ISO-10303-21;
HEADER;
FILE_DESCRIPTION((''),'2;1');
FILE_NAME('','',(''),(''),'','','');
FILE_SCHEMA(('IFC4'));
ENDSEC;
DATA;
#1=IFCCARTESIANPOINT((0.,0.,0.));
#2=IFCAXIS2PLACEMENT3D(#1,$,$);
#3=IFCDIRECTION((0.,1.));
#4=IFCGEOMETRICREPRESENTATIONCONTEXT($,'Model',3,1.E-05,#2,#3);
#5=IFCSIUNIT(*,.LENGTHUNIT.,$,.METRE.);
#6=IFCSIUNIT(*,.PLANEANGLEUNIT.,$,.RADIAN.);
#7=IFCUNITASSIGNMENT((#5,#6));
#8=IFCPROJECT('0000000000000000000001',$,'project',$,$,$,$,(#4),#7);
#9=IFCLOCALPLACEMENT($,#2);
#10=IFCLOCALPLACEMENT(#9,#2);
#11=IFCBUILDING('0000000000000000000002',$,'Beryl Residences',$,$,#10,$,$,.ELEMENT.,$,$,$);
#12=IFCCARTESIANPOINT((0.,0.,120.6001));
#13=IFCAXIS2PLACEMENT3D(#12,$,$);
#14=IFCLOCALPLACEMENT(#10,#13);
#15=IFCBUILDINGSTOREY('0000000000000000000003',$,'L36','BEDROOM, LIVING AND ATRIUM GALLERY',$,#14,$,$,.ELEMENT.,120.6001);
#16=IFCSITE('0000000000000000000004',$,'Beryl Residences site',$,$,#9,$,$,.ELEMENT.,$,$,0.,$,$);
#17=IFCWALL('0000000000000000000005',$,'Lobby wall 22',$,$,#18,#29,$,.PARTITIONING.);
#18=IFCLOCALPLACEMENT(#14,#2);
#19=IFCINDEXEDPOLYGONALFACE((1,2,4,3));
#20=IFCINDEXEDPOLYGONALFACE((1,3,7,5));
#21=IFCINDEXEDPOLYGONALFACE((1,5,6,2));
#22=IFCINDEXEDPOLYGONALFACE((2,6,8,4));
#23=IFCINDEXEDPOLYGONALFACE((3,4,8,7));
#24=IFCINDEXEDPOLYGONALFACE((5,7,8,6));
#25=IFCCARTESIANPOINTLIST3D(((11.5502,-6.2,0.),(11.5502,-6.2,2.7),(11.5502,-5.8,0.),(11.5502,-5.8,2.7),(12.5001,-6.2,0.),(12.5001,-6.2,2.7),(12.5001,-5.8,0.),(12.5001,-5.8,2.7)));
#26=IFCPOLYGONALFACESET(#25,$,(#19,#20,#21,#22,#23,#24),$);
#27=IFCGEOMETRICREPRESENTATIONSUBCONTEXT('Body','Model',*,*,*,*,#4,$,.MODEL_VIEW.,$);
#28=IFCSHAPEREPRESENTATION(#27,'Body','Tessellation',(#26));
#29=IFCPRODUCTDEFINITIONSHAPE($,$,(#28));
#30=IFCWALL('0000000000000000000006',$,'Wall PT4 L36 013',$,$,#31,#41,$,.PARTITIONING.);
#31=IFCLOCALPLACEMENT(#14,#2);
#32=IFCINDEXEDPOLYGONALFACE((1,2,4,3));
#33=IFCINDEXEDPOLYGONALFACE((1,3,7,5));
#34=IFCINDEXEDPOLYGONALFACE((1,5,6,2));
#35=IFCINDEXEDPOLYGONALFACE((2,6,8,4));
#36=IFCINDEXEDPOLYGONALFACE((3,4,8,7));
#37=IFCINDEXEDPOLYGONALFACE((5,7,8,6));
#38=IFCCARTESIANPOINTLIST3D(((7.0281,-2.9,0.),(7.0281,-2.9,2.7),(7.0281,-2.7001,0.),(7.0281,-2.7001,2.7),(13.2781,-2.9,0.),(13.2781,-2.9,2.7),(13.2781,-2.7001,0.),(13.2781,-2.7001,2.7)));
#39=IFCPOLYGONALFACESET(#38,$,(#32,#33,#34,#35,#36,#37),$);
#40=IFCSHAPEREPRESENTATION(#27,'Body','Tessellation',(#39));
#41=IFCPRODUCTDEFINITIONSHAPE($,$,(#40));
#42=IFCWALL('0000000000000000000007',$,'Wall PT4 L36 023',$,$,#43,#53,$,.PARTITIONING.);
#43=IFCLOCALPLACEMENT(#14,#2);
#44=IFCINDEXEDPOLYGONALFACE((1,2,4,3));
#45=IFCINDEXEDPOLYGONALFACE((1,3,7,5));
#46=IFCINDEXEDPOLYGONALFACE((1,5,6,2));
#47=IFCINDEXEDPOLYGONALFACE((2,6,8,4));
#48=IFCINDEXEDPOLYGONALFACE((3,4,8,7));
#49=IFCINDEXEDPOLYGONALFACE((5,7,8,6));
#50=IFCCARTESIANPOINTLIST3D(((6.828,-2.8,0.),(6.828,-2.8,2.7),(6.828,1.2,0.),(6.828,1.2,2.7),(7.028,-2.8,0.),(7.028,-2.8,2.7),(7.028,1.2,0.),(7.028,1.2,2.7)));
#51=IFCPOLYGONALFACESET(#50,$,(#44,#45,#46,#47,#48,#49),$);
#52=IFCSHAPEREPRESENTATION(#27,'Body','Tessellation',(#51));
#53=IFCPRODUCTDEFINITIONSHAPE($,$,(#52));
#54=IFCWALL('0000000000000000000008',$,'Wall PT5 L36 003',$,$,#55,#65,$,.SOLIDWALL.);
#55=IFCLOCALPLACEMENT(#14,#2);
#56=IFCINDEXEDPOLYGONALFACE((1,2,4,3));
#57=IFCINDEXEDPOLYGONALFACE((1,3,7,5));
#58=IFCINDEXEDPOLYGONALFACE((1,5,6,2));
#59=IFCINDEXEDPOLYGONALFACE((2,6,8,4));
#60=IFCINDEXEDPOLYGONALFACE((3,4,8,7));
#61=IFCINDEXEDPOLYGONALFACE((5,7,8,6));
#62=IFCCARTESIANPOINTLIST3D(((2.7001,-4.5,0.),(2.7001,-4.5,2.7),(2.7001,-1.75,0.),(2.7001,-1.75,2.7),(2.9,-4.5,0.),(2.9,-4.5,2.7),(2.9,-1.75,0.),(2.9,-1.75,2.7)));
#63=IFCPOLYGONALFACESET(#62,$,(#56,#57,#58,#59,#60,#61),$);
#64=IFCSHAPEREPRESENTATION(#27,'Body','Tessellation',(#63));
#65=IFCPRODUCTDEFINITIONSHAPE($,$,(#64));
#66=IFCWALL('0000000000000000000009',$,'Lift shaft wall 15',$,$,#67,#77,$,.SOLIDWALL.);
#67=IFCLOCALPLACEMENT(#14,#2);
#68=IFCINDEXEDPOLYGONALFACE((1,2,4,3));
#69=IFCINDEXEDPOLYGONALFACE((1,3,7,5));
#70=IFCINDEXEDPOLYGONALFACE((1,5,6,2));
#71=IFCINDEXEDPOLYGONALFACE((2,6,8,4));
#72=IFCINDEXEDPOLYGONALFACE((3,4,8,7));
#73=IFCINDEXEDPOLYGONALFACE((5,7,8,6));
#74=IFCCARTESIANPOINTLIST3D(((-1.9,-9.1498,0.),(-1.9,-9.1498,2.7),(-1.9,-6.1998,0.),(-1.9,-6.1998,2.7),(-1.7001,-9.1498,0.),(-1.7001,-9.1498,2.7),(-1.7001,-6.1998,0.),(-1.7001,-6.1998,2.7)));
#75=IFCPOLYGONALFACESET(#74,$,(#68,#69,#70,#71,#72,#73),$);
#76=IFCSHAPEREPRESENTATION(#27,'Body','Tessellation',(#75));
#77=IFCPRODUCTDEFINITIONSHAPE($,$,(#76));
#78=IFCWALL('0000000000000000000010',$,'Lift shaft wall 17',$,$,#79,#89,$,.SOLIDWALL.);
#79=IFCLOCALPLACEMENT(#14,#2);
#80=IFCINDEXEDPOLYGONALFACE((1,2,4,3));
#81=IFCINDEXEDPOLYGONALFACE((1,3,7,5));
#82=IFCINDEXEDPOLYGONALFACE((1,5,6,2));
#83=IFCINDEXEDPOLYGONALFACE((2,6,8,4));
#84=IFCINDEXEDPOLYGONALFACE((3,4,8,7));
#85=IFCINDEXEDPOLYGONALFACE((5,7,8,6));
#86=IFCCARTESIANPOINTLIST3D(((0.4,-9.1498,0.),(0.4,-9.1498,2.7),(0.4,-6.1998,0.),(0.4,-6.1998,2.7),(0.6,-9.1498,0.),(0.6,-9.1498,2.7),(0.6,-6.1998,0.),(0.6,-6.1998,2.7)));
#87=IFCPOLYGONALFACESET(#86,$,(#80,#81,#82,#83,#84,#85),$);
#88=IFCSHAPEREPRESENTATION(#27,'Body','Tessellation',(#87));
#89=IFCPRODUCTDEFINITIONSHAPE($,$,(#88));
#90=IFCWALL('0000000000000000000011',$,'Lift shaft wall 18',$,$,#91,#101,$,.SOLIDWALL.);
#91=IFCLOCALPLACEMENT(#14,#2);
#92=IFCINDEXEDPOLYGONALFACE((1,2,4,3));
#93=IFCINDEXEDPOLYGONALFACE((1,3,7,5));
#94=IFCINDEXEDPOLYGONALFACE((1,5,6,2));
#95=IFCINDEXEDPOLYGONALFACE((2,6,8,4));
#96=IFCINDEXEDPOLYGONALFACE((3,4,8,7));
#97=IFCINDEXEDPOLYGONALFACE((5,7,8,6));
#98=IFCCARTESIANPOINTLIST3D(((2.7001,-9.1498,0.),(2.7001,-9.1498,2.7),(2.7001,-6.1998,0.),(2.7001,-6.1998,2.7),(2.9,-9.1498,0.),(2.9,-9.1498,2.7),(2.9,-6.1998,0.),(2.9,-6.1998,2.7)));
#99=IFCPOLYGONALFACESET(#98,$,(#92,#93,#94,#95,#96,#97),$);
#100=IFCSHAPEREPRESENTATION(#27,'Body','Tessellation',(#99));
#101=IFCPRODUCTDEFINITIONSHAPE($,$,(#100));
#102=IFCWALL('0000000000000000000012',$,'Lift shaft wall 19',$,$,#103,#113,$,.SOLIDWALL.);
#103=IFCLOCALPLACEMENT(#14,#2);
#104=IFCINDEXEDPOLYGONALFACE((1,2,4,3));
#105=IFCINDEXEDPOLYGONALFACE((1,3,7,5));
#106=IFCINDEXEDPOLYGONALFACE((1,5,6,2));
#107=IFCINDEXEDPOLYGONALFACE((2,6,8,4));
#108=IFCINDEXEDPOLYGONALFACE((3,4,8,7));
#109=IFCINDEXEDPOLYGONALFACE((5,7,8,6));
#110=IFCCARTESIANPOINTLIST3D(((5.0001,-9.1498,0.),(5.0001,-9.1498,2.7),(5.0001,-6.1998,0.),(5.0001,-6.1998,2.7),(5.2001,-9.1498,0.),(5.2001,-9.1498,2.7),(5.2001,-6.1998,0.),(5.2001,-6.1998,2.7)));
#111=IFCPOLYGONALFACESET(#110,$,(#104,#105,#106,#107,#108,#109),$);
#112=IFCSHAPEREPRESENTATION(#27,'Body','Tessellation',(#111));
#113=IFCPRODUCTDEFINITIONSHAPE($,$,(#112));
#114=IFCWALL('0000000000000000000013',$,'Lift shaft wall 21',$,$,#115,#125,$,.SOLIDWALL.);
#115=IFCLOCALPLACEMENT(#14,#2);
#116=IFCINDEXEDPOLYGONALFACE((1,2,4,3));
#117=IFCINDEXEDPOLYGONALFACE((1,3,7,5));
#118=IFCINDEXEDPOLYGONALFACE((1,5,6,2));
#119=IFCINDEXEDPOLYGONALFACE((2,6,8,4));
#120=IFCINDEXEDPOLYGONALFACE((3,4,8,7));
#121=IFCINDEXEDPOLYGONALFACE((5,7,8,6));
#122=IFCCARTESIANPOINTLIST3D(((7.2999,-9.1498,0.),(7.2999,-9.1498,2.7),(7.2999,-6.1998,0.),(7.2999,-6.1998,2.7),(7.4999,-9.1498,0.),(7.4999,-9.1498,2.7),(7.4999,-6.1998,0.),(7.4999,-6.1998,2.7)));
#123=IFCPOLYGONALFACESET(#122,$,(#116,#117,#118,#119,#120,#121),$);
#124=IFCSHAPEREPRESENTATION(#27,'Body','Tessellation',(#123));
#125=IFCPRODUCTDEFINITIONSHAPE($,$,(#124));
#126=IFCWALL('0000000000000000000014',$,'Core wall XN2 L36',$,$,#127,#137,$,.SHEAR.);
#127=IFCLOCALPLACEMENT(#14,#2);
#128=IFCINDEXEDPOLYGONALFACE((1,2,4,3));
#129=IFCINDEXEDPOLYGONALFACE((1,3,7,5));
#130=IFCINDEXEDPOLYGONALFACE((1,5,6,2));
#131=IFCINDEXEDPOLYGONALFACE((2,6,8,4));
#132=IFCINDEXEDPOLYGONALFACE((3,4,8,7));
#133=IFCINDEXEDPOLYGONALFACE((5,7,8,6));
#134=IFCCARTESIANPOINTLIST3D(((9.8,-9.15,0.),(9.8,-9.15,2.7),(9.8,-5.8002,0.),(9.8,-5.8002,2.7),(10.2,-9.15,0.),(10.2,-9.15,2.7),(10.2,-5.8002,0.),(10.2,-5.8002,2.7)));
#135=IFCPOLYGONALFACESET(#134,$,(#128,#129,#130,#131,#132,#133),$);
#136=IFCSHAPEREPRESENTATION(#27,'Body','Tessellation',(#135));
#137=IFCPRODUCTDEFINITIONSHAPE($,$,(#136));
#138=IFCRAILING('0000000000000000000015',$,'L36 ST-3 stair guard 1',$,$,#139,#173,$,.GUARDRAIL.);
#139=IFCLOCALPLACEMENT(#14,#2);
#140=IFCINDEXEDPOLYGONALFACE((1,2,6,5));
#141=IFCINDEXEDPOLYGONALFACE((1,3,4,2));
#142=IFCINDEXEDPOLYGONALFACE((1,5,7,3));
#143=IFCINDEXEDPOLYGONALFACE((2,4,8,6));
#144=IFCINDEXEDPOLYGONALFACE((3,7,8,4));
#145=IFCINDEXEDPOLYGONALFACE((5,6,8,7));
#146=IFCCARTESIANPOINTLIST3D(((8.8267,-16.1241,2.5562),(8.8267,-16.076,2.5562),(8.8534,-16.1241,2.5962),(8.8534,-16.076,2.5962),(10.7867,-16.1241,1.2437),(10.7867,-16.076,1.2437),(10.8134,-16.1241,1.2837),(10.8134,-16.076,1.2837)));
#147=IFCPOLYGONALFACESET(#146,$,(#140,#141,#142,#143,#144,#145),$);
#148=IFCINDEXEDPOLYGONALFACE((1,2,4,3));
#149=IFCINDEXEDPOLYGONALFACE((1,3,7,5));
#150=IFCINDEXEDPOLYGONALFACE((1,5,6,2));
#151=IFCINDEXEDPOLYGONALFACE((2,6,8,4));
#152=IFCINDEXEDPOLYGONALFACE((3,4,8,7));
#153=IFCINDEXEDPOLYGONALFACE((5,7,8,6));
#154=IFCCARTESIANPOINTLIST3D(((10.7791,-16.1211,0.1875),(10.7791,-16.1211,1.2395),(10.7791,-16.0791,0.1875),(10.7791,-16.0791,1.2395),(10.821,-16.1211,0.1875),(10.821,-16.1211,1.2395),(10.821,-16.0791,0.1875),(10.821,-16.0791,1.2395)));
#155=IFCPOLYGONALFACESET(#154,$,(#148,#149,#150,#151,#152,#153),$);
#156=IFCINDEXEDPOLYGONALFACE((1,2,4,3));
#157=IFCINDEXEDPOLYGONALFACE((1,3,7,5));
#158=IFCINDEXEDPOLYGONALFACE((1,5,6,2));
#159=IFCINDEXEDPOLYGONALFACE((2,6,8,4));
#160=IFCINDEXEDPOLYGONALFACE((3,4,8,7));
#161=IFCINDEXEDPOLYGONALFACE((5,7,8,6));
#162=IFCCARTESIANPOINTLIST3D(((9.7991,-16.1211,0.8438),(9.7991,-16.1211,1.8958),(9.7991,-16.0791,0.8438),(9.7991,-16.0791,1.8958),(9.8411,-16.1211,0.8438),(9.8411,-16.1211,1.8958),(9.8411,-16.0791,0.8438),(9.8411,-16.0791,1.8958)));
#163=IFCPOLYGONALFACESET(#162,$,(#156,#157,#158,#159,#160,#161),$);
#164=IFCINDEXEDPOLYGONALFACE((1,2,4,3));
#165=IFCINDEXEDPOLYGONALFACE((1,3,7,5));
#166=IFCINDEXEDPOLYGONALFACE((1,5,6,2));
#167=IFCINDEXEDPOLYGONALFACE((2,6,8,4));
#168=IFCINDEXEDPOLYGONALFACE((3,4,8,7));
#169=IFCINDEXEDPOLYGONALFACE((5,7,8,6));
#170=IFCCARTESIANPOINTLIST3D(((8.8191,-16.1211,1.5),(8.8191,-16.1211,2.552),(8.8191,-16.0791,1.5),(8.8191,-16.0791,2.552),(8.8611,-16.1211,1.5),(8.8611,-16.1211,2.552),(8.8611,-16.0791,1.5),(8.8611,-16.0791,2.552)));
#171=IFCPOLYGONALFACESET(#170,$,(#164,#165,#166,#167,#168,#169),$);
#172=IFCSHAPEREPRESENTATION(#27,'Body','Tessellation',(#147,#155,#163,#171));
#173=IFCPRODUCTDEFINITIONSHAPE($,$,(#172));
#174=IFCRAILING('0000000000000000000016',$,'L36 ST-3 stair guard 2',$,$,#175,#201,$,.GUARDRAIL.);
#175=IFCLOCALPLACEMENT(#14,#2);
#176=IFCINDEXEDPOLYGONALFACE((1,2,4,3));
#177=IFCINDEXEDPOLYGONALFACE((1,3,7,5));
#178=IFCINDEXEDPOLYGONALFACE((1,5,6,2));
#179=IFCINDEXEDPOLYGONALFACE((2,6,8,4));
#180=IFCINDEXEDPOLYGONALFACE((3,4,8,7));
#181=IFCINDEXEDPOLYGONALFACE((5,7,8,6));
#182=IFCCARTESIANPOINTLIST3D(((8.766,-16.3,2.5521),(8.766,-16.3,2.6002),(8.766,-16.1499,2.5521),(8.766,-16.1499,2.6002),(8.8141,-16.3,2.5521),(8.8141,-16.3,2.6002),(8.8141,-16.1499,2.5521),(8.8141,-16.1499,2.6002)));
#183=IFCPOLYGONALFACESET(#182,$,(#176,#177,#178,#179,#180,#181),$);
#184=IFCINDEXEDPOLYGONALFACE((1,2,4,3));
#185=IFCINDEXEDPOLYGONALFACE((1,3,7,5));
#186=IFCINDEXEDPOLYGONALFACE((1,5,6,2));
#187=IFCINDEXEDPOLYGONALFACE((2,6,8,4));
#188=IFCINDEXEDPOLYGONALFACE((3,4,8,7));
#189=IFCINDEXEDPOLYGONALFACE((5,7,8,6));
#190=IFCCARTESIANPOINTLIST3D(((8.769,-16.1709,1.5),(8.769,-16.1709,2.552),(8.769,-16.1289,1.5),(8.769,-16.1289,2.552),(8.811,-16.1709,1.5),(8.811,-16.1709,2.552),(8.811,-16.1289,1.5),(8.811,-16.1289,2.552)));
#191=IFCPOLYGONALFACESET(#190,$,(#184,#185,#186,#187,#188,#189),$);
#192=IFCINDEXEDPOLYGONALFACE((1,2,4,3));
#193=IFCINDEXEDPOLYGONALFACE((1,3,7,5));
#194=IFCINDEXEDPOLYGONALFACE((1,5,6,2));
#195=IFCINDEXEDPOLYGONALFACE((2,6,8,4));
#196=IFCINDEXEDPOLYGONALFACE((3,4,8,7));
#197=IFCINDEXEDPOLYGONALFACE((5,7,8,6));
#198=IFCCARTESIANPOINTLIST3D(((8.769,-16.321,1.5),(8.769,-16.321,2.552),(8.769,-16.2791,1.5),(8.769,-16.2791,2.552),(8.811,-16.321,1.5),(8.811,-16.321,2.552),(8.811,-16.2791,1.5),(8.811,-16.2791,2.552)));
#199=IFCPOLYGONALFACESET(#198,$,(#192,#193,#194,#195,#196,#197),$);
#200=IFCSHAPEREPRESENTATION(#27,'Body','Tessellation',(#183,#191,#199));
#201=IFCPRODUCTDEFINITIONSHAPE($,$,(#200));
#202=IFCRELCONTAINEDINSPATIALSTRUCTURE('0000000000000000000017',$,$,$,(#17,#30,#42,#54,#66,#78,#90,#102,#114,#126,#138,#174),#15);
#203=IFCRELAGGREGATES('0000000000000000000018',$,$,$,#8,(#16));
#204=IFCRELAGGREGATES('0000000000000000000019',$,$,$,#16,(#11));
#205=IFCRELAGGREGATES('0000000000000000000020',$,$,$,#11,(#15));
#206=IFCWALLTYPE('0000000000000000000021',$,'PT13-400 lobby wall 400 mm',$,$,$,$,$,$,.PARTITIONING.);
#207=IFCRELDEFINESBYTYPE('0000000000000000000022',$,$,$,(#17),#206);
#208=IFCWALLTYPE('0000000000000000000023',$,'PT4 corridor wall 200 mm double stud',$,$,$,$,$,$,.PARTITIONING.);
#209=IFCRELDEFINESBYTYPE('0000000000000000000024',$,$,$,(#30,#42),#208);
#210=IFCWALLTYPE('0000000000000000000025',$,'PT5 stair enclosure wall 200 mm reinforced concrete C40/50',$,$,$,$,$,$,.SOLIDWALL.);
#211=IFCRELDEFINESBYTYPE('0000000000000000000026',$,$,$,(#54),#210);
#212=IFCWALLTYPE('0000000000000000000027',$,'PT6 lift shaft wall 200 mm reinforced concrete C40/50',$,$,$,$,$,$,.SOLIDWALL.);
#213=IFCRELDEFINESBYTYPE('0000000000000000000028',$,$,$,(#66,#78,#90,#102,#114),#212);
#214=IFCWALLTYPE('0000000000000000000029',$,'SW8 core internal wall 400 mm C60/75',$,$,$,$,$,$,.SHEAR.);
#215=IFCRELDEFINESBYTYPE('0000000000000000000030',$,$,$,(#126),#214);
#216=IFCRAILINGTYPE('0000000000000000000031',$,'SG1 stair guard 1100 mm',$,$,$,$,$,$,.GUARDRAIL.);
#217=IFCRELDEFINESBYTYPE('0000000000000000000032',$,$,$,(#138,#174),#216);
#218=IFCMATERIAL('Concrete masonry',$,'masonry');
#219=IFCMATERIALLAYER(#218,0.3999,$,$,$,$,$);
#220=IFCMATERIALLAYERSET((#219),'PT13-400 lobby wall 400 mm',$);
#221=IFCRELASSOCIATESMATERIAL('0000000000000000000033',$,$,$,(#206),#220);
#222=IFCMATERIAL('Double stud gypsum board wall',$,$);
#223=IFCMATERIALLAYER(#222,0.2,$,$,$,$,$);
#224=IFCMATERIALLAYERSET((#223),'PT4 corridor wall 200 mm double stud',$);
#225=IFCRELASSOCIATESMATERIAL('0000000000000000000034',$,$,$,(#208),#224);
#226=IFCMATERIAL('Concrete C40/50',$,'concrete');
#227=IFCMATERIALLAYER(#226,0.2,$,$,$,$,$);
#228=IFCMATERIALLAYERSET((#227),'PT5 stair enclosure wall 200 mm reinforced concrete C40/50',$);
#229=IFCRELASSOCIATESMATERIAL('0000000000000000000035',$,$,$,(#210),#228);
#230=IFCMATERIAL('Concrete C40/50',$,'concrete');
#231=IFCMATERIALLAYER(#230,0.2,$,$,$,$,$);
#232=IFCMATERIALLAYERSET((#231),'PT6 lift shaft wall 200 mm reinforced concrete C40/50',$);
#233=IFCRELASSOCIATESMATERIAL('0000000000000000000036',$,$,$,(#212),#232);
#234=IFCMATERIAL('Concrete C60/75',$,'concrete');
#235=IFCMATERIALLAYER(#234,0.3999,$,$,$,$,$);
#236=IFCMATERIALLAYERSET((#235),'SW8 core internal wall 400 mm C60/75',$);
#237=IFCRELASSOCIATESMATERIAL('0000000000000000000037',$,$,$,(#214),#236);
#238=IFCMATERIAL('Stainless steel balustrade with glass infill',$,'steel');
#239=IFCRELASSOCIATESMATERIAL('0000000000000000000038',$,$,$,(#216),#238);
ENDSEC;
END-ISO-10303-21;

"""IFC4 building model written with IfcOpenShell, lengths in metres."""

from ifc_helpers import new_model, si_unit, direction, frame, frame_2d, origin, origin_2d, place, context, subcontext, project, spatial, rectangle, extrude, material, layer, layer_set, type_object, element, save


model = new_model("IFC4")

# Units and contexts
model_context = context("Model", 3, precision=1e-05, world=origin(), true_north=direction((0.0, 1.0)))
body_context = subcontext(model_context, "Body", "Model", "MODEL_VIEW")
ifc_project = project(units=[si_unit("LENGTHUNIT", "METRE"), si_unit("PLANEANGLEUNIT", "RADIAN")], contexts=[model_context])

# Site, building, storey
site_placement = place(None, origin())
site = spatial("IfcSite", under=ifc_project, at=site_placement, Name="Beryl Residences site", CompositionType="ELEMENT", RefElevation=0.0)
building_placement = place(site_placement, origin())
building = spatial("IfcBuilding", under=site, at=building_placement, Name="Beryl Residences", CompositionType="ELEMENT")
storey_placement = place(building_placement, frame((0.0, 0.0, 120.6001)))
storey = spatial("IfcBuildingStorey", under=building, at=storey_placement, Name="L36", Description="BEDROOM, LIVING AND ATRIUM GALLERY", CompositionType="ELEMENT", Elevation=120.6001)

# Walls
ifc_material_1 = material(Name="Concrete masonry", Category="masonry")
ifc_layer_1 = layer(ifc_material_1, 0.3999)
ifc_layer_set_1 = layer_set([ifc_layer_1], Name="PT13-400 lobby wall 400 mm")
wall_type_1 = type_object("IfcWallType", Name="PT13-400 lobby wall 400 mm", PredefinedType="PARTITIONING", material=ifc_layer_set_1)
wall_1_placement = place(storey_placement, frame((11.55, -6.0, 0.0), z_axis=(0.0, 0.0, 1.0), x_axis=(1.0, 0.0, 0.0)))
element("IfcWall", 1, at=wall_1_placement, inside=storey, type_object=wall_type_1, Name="Lobby wall 22", PredefinedType="PARTITIONING", context=body_context, shape_type="SweptSolid", body=[
    extrude(rectangle(XDim=0.95, YDim=0.3999, at=frame_2d((0.4751, 0.0))), origin(), (0.0, 0.0, 1.0), 2.7),
])
ifc_material_2 = material(Name="Double stud gypsum board wall")
ifc_layer_2 = layer(ifc_material_2, 0.2)
ifc_layer_set_2 = layer_set([ifc_layer_2], Name="PT4 corridor wall 200 mm double stud")
wall_type_2 = type_object("IfcWallType", Name="PT4 corridor wall 200 mm double stud", PredefinedType="PARTITIONING", material=ifc_layer_set_2)
wall_2_placement = place(storey_placement, frame((7.0281, -2.8, 0.0), z_axis=(0.0, 0.0, 1.0), x_axis=(1.0, 0.0, 0.0)))
element("IfcWall", 2, at=wall_2_placement, inside=storey, type_object=wall_type_2, Name="Wall PT4 L36 013", PredefinedType="PARTITIONING", context=body_context, shape_type="SweptSolid", body=[
    extrude(rectangle(XDim=6.25, YDim=0.2, at=frame_2d((3.125, 0.0))), origin(), (0.0, 0.0, 1.0), 2.7),
])
wall_3_placement = place(storey_placement, frame((6.928, -2.8, 0.0), z_axis=(0.0, 0.0, 1.0), x_axis=(0.0, 1.0, 0.0)))
element("IfcWall", 3, at=wall_3_placement, inside=storey, type_object=wall_type_2, Name="Wall PT4 L36 023", PredefinedType="PARTITIONING", context=body_context, shape_type="SweptSolid", body=[
    extrude(rectangle(XDim=4.0, YDim=0.2, at=frame_2d((2.0, 0.0))), origin(), (0.0, 0.0, 1.0), 2.7),
])
ifc_material_3 = material(Name="Concrete C40/50", Category="concrete")
ifc_layer_3 = layer(ifc_material_3, 0.2)
ifc_layer_set_3 = layer_set([ifc_layer_3], Name="PT5 stair enclosure wall 200 mm reinforced concrete C40/50")
wall_type_3 = type_object("IfcWallType", Name="PT5 stair enclosure wall 200 mm reinforced concrete C40/50", PredefinedType="SOLIDWALL", material=ifc_layer_set_3)
wall_4_placement = place(storey_placement, frame((2.8, -4.5, 0.0), z_axis=(0.0, 0.0, 1.0), x_axis=(0.0, 1.0, 0.0)))
element("IfcWall", 4, at=wall_4_placement, inside=storey, type_object=wall_type_3, Name="Wall PT5 L36 003", PredefinedType="SOLIDWALL", context=body_context, shape_type="SweptSolid", body=[
    extrude(rectangle(XDim=2.75, YDim=0.2, at=frame_2d((1.375, 0.0))), origin(), (0.0, 0.0, 1.0), 2.7),
])
ifc_material_4 = material(Name="Concrete C40/50", Category="concrete")
ifc_layer_4 = layer(ifc_material_4, 0.2)
ifc_layer_set_4 = layer_set([ifc_layer_4], Name="PT6 lift shaft wall 200 mm reinforced concrete C40/50")
wall_type_4 = type_object("IfcWallType", Name="PT6 lift shaft wall 200 mm reinforced concrete C40/50", PredefinedType="SOLIDWALL", material=ifc_layer_set_4)
for number, where, z_axis, x_axis, name in (
    (5, (-1.8, -9.1499, 0.0), (0.0, 0.0, 1.0), (0.0, 1.0, 0.0), "Lift shaft wall 15"),
    (6, (0.5, -9.1499, 0.0), (0.0, 0.0, 1.0), (0.0, 1.0, 0.0), "Lift shaft wall 17"),
    (7, (2.8, -9.1499, 0.0), (0.0, 0.0, 1.0), (0.0, 1.0, 0.0), "Lift shaft wall 18"),
    (8, (5.1001, -9.1499, 0.0), (0.0, 0.0, 1.0), (0.0, 1.0, 0.0), "Lift shaft wall 19"),
    (9, (7.3999, -9.1499, 0.0), (0.0, 0.0, 1.0), (0.0, 1.0, 0.0), "Lift shaft wall 21"),
):
    element("IfcWall", number, at=place(storey_placement, frame(where, z_axis=z_axis, x_axis=x_axis)), inside=storey, type_object=wall_type_4, Name=name, PredefinedType="SOLIDWALL", context=body_context, shape_type="SweptSolid", body=[
        extrude(rectangle(XDim=2.95, YDim=0.2, at=frame_2d((1.4751, 0.0))), origin(), (0.0, 0.0, 1.0), 2.7),
    ])
ifc_material_5 = material(Name="Concrete C60/75", Category="concrete")
ifc_layer_5 = layer(ifc_material_5, 0.3999)
ifc_layer_set_5 = layer_set([ifc_layer_5], Name="SW8 core internal wall 400 mm C60/75")
wall_type_5 = type_object("IfcWallType", Name="SW8 core internal wall 400 mm C60/75", PredefinedType="SHEAR", material=ifc_layer_set_5)
wall_5_placement = place(storey_placement, frame((10.0, -9.1499, 0.0), z_axis=(0.0, 0.0, 1.0), x_axis=(0.0, 1.0, 0.0)))
element("IfcWall", 10, at=wall_5_placement, inside=storey, type_object=wall_type_5, Name="Core wall XN2 L36", PredefinedType="SHEAR", context=body_context, shape_type="SweptSolid", body=[
    extrude(rectangle(XDim=3.3499, YDim=0.3999, at=frame_2d((1.6748, 0.0))), origin(), (0.0, 0.0, 1.0), 2.7),
])

# Railings
ifc_material_6 = material(Name="Stainless steel balustrade with glass infill", Category="steel")
railing_type_1 = type_object("IfcRailingType", Name="SG1 stair guard 1100 mm", PredefinedType="GUARDRAIL", material=ifc_material_6)
railing_1_placement = place(storey_placement, frame((10.8, -16.1001, 0.1875)))
element("IfcRailing", 11, at=railing_1_placement, inside=storey, type_object=railing_type_1, Name="L36 ST-3 stair guard 1", PredefinedType="GUARDRAIL", context=body_context, shape_type="SweptSolid", body=[
    extrude(rectangle(XDim=0.0481, YDim=0.0481, at=origin_2d()), frame((0.0, 0.0, 1.0762), z_axis=(-0.830902, 0.0, 0.556419), x_axis=(0.0, -1.0, 0.0)), (0.0, 0.0, 1.0), 2.3589),
    extrude(rectangle(XDim=0.042, YDim=0.042, at=origin_2d()), origin(), (0.0, 0.0, 1.0), 1.052),
    extrude(rectangle(XDim=0.042, YDim=0.042, at=origin_2d()), frame((-0.98, 0.0, 0.6562)), (0.0, 0.0, 1.0), 1.052),
    extrude(rectangle(XDim=0.042, YDim=0.042, at=origin_2d()), frame((-1.96, 0.0, 1.3125)), (0.0, 0.0, 1.0), 1.052),
])
railing_2_placement = place(storey_placement, frame((8.79, -16.1499, 1.5)))
element("IfcRailing", 12, at=railing_2_placement, inside=storey, type_object=railing_type_1, Name="L36 ST-3 stair guard 2", PredefinedType="GUARDRAIL", context=body_context, shape_type="SweptSolid", body=[
    extrude(rectangle(XDim=0.0481, YDim=0.0481, at=origin_2d()), frame((0.0, 0.0, 1.0762), z_axis=(0.0, -1.0, 0.0), x_axis=(1.0, 0.0, 0.0)), (0.0, 0.0, 1.0), 0.1501),
    extrude(rectangle(XDim=0.042, YDim=0.042, at=origin_2d()), origin(), (0.0, 0.0, 1.0), 1.052),
    extrude(rectangle(XDim=0.042, YDim=0.042, at=origin_2d()), frame((0.0, -0.1501, 0.0)), (0.0, 0.0, 1.0), 1.052),
])

save(model, "model.ifc")
